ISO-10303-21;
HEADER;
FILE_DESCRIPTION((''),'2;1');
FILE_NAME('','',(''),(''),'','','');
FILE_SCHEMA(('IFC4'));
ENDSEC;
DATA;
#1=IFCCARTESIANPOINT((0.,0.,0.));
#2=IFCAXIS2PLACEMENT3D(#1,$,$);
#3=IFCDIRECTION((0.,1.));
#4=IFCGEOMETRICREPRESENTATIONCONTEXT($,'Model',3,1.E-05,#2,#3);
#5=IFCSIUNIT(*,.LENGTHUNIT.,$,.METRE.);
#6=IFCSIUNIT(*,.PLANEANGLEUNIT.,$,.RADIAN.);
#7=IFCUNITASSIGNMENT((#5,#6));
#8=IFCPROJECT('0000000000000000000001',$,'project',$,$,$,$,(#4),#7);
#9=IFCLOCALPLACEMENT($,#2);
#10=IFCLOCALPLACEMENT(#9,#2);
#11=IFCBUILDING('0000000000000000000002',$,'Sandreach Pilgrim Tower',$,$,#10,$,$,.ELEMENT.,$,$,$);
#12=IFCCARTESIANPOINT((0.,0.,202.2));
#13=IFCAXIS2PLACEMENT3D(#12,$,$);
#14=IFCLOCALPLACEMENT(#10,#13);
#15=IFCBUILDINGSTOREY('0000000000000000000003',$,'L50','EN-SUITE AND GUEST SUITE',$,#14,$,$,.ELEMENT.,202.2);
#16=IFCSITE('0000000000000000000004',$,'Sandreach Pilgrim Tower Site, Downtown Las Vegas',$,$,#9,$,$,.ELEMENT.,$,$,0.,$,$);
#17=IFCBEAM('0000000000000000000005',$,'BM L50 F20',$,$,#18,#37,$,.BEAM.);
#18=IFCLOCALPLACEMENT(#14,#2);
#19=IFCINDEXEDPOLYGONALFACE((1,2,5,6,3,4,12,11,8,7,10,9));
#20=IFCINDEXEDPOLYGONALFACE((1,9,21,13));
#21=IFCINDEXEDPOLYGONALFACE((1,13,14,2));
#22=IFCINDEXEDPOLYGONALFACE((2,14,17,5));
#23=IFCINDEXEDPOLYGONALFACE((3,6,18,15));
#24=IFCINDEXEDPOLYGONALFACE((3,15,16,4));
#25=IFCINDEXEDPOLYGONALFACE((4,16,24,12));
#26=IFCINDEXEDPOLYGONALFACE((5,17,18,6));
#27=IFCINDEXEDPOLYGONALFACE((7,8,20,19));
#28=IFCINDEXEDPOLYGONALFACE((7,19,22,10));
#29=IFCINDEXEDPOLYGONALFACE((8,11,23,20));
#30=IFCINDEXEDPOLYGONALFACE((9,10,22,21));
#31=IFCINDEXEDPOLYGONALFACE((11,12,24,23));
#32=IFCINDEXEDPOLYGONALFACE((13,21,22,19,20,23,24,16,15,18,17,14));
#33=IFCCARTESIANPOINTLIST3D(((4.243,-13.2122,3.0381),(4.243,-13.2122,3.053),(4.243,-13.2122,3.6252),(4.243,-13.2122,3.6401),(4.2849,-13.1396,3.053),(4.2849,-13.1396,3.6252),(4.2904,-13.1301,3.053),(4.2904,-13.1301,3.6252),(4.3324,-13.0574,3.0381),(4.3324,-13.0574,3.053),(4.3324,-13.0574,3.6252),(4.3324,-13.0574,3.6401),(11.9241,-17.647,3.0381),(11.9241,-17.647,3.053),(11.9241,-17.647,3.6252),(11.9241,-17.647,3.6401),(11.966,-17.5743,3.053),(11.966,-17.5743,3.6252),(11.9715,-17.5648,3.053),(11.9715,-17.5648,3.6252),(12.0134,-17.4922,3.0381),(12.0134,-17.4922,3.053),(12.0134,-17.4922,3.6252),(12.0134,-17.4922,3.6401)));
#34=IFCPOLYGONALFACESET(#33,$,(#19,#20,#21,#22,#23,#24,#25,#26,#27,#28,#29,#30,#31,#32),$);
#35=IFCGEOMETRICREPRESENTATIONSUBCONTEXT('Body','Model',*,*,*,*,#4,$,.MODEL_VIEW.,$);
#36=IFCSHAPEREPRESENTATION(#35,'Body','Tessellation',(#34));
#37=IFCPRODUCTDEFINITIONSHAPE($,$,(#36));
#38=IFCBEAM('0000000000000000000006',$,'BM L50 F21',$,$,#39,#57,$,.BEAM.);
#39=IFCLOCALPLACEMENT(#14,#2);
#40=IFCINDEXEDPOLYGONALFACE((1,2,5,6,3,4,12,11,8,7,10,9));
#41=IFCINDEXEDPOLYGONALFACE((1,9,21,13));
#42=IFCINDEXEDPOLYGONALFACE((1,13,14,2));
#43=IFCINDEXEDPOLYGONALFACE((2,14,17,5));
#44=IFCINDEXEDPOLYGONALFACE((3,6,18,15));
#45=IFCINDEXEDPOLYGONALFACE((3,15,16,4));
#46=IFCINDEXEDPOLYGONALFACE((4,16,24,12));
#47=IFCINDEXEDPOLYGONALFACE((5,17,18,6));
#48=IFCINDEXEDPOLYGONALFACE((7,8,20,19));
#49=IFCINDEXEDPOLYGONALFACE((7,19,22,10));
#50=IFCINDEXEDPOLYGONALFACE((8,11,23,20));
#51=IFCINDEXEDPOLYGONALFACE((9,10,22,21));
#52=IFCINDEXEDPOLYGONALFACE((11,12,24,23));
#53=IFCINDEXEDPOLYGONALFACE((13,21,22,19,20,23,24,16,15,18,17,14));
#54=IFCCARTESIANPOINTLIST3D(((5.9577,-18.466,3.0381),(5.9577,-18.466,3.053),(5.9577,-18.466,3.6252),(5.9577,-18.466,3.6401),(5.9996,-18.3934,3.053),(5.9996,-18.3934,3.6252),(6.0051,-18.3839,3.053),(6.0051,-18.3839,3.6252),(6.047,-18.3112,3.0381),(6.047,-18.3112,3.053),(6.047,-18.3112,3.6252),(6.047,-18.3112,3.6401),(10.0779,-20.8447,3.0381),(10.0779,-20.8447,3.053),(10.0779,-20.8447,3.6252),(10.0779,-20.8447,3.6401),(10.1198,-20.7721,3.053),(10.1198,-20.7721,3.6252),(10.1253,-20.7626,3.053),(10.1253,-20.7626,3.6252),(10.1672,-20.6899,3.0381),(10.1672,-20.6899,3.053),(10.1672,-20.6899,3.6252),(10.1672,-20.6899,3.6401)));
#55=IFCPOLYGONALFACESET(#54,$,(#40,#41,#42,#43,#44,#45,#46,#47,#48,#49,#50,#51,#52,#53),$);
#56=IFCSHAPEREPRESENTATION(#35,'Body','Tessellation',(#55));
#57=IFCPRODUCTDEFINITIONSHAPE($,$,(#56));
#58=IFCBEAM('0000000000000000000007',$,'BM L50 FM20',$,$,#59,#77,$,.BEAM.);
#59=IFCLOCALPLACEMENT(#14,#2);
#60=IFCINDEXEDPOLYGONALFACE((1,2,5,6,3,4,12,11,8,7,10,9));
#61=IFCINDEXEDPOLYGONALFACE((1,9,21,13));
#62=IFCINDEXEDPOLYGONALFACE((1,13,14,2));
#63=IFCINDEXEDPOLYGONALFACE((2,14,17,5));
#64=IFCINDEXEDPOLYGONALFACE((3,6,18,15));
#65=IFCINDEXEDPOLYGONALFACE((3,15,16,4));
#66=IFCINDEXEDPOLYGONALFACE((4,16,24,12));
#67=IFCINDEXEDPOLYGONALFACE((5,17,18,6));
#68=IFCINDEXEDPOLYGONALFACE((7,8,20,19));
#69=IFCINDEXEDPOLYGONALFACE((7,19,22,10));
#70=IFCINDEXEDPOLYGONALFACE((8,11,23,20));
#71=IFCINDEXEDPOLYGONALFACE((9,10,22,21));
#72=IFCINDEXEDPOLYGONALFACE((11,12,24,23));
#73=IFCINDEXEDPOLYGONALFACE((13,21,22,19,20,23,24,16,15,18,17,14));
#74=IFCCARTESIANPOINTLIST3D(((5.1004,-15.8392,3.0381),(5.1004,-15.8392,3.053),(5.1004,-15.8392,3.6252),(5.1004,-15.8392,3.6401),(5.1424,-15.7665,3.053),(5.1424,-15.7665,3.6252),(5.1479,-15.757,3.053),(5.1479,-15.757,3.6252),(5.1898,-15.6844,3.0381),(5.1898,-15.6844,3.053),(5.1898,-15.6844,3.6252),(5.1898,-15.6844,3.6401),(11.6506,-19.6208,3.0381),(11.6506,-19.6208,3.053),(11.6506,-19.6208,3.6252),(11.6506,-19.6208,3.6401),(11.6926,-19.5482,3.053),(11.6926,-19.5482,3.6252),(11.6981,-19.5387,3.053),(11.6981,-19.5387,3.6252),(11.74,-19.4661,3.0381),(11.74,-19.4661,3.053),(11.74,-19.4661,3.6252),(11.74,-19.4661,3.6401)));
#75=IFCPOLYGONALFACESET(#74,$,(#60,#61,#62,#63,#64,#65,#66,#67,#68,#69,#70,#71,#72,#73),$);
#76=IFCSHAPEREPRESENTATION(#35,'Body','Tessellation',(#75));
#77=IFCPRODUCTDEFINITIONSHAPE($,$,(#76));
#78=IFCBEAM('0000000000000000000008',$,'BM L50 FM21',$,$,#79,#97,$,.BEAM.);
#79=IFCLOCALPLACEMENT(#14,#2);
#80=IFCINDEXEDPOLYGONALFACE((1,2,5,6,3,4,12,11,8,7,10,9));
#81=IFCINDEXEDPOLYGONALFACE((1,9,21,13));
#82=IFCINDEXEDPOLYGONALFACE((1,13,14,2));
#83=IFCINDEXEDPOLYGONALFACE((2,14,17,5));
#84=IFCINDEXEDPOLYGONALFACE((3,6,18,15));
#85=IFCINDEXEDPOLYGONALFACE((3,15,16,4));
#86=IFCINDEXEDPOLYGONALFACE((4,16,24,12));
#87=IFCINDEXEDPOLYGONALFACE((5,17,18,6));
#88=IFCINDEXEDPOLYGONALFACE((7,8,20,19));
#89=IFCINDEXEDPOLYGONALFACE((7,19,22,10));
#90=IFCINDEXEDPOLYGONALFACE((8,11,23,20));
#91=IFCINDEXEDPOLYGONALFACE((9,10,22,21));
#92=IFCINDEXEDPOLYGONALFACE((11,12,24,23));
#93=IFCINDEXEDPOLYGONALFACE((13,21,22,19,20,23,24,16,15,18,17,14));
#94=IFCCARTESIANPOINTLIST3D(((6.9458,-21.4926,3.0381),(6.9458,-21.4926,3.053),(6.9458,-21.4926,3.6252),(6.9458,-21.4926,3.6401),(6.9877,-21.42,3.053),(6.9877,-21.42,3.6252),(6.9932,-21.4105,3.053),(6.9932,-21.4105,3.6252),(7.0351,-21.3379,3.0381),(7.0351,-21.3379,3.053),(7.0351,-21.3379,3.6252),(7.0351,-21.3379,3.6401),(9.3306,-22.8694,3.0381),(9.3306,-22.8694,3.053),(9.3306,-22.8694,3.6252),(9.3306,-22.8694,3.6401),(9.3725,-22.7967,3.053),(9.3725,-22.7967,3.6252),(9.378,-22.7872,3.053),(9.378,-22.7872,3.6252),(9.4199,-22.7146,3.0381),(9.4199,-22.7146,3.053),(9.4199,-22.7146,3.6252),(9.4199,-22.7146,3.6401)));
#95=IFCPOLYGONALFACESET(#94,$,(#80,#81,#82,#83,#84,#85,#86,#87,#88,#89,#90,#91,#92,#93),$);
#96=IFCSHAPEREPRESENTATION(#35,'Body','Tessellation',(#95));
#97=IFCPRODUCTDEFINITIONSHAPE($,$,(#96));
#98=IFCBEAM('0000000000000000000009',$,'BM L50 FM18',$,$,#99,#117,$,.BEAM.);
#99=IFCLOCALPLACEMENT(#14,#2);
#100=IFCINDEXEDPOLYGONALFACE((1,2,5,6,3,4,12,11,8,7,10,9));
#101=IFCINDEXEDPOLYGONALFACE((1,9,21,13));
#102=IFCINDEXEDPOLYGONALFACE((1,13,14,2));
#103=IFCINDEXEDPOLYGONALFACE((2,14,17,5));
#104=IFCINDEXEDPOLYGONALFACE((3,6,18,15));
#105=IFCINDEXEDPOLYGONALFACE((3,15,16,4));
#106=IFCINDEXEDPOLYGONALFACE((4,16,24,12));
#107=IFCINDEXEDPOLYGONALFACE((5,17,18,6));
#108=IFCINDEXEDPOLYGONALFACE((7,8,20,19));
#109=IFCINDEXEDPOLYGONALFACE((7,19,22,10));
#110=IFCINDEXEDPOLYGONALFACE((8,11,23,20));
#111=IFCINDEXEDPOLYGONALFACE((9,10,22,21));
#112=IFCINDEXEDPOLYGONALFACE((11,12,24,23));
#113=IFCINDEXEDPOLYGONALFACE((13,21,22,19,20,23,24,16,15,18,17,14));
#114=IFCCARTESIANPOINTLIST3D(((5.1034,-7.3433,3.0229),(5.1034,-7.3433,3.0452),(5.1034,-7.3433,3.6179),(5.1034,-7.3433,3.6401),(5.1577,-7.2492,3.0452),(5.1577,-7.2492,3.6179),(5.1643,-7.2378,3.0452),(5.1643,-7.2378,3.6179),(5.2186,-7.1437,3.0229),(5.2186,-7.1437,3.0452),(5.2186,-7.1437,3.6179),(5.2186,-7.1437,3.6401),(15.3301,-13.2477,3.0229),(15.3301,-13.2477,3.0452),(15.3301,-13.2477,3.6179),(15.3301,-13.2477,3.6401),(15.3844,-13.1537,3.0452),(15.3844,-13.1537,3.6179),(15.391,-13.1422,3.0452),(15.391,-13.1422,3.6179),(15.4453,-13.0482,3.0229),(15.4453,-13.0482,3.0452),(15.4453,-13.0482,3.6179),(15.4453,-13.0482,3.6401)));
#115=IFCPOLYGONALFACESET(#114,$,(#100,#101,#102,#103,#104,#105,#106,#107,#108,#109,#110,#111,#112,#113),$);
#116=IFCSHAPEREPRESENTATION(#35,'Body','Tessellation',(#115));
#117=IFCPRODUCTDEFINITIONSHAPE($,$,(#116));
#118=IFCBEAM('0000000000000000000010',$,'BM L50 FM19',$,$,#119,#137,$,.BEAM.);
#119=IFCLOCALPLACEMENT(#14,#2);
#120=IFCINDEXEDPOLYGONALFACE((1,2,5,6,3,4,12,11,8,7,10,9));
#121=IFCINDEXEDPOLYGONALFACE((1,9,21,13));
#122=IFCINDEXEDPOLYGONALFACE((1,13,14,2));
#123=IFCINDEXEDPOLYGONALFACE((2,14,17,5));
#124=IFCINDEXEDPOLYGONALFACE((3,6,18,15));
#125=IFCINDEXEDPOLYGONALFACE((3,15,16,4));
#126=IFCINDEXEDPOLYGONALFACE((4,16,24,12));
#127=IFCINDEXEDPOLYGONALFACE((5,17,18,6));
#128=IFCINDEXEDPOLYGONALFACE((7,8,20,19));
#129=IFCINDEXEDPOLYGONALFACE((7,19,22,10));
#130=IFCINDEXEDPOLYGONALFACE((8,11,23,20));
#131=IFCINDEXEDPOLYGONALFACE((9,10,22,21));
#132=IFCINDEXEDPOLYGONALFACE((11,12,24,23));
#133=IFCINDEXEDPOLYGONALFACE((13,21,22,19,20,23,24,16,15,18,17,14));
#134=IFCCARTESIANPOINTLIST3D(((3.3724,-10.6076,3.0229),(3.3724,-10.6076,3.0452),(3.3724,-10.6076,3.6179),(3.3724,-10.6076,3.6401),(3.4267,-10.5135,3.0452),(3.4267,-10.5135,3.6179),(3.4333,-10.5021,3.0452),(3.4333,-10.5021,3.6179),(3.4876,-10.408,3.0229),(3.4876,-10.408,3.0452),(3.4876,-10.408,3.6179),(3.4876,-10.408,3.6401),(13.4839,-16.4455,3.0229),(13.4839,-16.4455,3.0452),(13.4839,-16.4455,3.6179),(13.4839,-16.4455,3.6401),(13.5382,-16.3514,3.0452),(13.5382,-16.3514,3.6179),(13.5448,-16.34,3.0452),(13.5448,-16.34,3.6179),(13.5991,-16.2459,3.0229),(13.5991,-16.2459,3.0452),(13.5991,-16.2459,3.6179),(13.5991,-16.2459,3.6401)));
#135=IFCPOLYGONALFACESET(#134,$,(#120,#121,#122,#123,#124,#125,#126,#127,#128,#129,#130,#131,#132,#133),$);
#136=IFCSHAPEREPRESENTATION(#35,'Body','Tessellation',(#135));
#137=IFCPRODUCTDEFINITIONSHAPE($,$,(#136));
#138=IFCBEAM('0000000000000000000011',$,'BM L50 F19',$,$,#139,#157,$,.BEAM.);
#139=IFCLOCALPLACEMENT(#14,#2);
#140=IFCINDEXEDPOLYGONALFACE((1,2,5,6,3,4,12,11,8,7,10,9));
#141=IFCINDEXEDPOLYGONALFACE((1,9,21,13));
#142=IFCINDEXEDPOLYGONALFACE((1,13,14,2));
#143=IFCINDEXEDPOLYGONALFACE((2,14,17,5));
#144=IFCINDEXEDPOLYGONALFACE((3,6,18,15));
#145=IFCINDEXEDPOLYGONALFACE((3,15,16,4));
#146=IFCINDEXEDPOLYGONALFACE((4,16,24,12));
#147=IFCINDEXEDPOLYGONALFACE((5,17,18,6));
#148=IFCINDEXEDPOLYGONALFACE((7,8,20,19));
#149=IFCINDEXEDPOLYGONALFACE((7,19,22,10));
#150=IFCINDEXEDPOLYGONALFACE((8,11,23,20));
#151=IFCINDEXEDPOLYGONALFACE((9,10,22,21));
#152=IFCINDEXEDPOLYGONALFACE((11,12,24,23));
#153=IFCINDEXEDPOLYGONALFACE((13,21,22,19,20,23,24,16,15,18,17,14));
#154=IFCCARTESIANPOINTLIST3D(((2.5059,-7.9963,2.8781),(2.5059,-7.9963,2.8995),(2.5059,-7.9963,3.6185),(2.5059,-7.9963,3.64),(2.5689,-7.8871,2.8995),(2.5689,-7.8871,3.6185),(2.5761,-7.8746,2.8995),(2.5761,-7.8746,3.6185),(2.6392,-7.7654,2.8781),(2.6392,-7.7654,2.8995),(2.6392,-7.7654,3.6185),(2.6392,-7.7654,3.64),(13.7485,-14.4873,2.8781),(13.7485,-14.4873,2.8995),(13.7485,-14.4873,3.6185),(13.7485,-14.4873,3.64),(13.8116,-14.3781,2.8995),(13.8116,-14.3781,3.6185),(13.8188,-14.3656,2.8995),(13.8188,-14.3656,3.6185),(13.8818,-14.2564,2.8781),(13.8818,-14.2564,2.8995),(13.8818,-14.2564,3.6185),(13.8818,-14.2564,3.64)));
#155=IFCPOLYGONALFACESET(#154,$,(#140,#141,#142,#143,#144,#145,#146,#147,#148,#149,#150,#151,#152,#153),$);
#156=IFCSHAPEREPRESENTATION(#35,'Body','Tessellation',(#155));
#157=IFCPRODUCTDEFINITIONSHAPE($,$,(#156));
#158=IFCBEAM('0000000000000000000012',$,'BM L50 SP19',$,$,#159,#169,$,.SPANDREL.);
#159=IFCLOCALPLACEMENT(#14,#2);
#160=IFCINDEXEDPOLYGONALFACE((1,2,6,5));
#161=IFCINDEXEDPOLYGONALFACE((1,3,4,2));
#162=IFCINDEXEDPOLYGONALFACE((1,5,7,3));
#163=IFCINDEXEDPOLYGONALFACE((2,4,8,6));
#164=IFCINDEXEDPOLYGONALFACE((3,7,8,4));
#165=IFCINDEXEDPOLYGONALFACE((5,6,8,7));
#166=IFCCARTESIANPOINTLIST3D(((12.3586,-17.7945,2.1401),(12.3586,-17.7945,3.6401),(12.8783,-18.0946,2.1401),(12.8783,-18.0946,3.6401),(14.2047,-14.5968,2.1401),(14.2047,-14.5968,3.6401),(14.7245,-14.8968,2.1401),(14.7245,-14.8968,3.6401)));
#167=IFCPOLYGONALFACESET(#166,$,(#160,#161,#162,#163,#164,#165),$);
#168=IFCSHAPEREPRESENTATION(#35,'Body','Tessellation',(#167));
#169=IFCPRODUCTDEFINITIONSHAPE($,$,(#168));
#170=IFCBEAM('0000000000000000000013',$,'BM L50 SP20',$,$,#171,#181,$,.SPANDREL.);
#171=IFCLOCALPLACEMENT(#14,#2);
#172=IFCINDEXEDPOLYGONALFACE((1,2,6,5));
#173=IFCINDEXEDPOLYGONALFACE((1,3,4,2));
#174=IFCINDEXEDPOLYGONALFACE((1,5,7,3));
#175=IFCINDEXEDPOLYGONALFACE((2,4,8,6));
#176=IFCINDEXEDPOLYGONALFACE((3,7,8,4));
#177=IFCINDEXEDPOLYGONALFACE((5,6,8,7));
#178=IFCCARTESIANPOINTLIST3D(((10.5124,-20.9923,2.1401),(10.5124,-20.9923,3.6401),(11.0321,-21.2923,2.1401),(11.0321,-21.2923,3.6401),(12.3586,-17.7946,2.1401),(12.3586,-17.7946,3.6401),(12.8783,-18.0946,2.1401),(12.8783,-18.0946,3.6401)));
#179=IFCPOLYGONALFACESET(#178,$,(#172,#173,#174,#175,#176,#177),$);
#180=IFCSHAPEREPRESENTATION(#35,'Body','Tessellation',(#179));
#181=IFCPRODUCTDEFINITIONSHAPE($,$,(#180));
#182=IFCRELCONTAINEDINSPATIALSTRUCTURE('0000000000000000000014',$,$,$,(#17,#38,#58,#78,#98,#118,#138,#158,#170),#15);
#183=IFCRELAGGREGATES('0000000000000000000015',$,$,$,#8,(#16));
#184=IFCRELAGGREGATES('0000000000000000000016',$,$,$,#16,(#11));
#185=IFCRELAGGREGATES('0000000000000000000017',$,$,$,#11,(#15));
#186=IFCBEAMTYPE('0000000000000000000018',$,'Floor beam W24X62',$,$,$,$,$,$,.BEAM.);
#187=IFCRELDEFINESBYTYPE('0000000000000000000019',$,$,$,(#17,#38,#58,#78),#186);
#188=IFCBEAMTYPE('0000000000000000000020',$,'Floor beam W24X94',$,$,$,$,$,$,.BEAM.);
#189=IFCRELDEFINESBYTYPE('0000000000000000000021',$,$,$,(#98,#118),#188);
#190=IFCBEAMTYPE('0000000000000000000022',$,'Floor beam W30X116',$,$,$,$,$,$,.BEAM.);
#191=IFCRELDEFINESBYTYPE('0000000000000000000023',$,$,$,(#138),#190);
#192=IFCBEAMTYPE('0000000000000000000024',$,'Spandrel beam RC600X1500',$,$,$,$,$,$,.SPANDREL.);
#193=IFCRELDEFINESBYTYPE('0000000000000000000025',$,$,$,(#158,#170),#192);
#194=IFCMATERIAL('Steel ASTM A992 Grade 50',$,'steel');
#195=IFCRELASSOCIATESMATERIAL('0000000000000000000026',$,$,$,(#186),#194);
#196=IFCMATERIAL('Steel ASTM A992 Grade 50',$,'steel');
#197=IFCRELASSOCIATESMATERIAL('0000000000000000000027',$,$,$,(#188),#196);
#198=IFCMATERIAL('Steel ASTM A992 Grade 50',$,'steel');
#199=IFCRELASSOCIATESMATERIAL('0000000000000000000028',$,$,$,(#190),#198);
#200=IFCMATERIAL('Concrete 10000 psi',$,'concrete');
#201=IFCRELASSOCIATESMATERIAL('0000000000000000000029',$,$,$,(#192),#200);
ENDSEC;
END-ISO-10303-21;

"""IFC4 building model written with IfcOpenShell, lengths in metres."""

from ifc_helpers import new_model, si_unit, direction, frame, origin, origin_2d, place, context, subcontext, project, spatial, rectangle, i_section, extrude, material, material_profile, profile_set, type_object, element, save


model = new_model("IFC4")

# Units and contexts
model_context = context("Model", 3, precision=1e-05, world=origin(), true_north=direction((0.0, 1.0)))
body_context = subcontext(model_context, "Body", "Model", "MODEL_VIEW")
ifc_project = project(units=[si_unit("LENGTHUNIT", "METRE"), si_unit("PLANEANGLEUNIT", "RADIAN")], contexts=[model_context])

# Site, building, storey
site_placement = place(None, origin())
site = spatial("IfcSite", under=ifc_project, at=site_placement, Name="Sandreach Pilgrim Tower Site, Downtown Las Vegas", CompositionType="ELEMENT", RefElevation=0.0)
building_placement = place(site_placement, origin())
building = spatial("IfcBuilding", under=site, at=building_placement, Name="Sandreach Pilgrim Tower", CompositionType="ELEMENT")
storey_placement = place(building_placement, frame((0.0, 0.0, 202.2)))
storey = spatial("IfcBuildingStorey", under=building, at=storey_placement, Name="L50", Description="EN-SUITE AND GUEST SUITE", CompositionType="ELEMENT", Elevation=202.2)

# Beams
ifc_material_1 = material(Name="Steel ASTM A992 Grade 50", Category="steel")
ifc_material_profile_1 = material_profile(ifc_material_1, i_section(OverallWidth=0.1787, OverallDepth=0.6021, WebThickness=0.011, FlangeThickness=0.0149, at=origin_2d()), Name="W24X62")
ifc_profile_set_1 = profile_set([ifc_material_profile_1], Name="Steel ASTM A992 Grade 50")
beam_type_1 = type_object("IfcBeamType", Name="Floor beam W24X62", PredefinedType="BEAM", material=ifc_profile_set_1)
beam_1_placement = place(storey_placement, frame((11.9688, -17.5696, 3.3391), z_axis=(-0.866021, 0.500008, 0.0), x_axis=(-0.500008, -0.866021, 0.0)))
element("IfcBeam", 1, at=beam_1_placement, inside=storey, type_object=beam_type_1, Name="BM L50 F20", PredefinedType="BEAM", context=body_context, shape_type="SweptSolid", body=[
    extrude(i_section(OverallWidth=0.1787, OverallDepth=0.6021, WebThickness=0.011, FlangeThickness=0.0149, at=origin_2d()), origin(), (0.0, 0.0, 1.0), 8.8694),
])
beam_2_placement = place(storey_placement, frame((10.1226, -20.7673, 3.3391), z_axis=(-0.866033, 0.499986, 0.0), x_axis=(-0.499986, -0.866033, 0.0)))
element("IfcBeam", 2, at=beam_2_placement, inside=storey, type_object=beam_type_1, Name="BM L50 F21", PredefinedType="BEAM", context=body_context, shape_type="SweptSolid", body=[
    extrude(i_section(OverallWidth=0.1787, OverallDepth=0.6021, WebThickness=0.011, FlangeThickness=0.0149, at=origin_2d()), origin(), (0.0, 0.0, 1.0), 4.7576),
])
beam_3_placement = place(storey_placement, frame((11.6953, -19.5435, 3.3391), z_axis=(-0.86603, 0.499993, 0.0), x_axis=(-0.499993, -0.86603, 0.0)))
element("IfcBeam", 3, at=beam_3_placement, inside=storey, type_object=beam_type_1, Name="BM L50 FM20", PredefinedType="BEAM", context=body_context, shape_type="SweptSolid", body=[
    extrude(i_section(OverallWidth=0.1787, OverallDepth=0.6021, WebThickness=0.011, FlangeThickness=0.0149, at=origin_2d()), origin(), (0.0, 0.0, 1.0), 7.5635),
])
beam_4_placement = place(storey_placement, frame((9.3752, -22.792, 3.3391), z_axis=(-0.866047, 0.499963, 0.0), x_axis=(-0.499963, -0.866047, 0.0)))
element("IfcBeam", 4, at=beam_4_placement, inside=storey, type_object=beam_type_1, Name="BM L50 FM21", PredefinedType="BEAM", context=body_context, shape_type="SweptSolid", body=[
    extrude(i_section(OverallWidth=0.1787, OverallDepth=0.6021, WebThickness=0.011, FlangeThickness=0.0149, at=origin_2d()), origin(), (0.0, 0.0, 1.0), 2.7537),
])
ifc_material_2 = material(Name="Steel ASTM A992 Grade 50", Category="steel")
ifc_material_profile_2 = material_profile(ifc_material_2, i_section(OverallWidth=0.2305, OverallDepth=0.6172, WebThickness=0.0132, FlangeThickness=0.0222, at=origin_2d()), Name="W24X94")
ifc_profile_set_2 = profile_set([ifc_material_profile_2], Name="Steel ASTM A992 Grade 50")
beam_type_2 = type_object("IfcBeamType", Name="Floor beam W24X94", PredefinedType="BEAM", material=ifc_profile_set_2)
beam_5_placement = place(storey_placement, frame((15.3877, -13.1479, 3.3315), z_axis=(-0.866022, 0.500006, 0.0), x_axis=(-0.500006, -0.866022, 0.0)))
element("IfcBeam", 5, at=beam_5_placement, inside=storey, type_object=beam_type_2, Name="BM L50 FM18", PredefinedType="BEAM", context=body_context, shape_type="SweptSolid", body=[
    extrude(i_section(OverallWidth=0.2305, OverallDepth=0.6172, WebThickness=0.0132, FlangeThickness=0.0222, at=origin_2d()), origin(), (0.0, 0.0, 1.0), 11.8088),
])
beam_6_placement = place(storey_placement, frame((13.5415, -16.3457, 3.3315), z_axis=(-0.866026, 0.499998, 0.0), x_axis=(-0.499998, -0.866026, 0.0)))
element("IfcBeam", 6, at=beam_6_placement, inside=storey, type_object=beam_type_2, Name="BM L50 FM19", PredefinedType="BEAM", context=body_context, shape_type="SweptSolid", body=[
    extrude(i_section(OverallWidth=0.2305, OverallDepth=0.6172, WebThickness=0.0132, FlangeThickness=0.0222, at=origin_2d()), origin(), (0.0, 0.0, 1.0), 11.6758),
])
ifc_material_3 = material(Name="Steel ASTM A992 Grade 50", Category="steel")
ifc_material_profile_3 = material_profile(ifc_material_3, i_section(OverallWidth=0.2666, OverallDepth=0.762, WebThickness=0.0144, FlangeThickness=0.0215, at=origin_2d()), Name="W30X116")
ifc_profile_set_3 = profile_set([ifc_material_profile_3], Name="Steel ASTM A992 Grade 50")
beam_type_3 = type_object("IfcBeamType", Name="Floor beam W30X116", PredefinedType="BEAM", material=ifc_profile_set_3)
beam_7_placement = place(storey_placement, frame((13.8152, -14.3718, 3.259), z_axis=(-0.866025, 0.5, 0.0), x_axis=(-0.5, -0.866025, 0.0)))
element("IfcBeam", 7, at=beam_7_placement, inside=storey, type_object=beam_type_3, Name="BM L50 F19", PredefinedType="BEAM", context=body_context, shape_type="SweptSolid", body=[
    extrude(i_section(OverallWidth=0.2666, OverallDepth=0.762, WebThickness=0.0144, FlangeThickness=0.0215, at=origin_2d()), origin(), (0.0, 0.0, 1.0), 12.9819),
])
ifc_material_4 = material(Name="Concrete 10000 psi", Category="concrete")
ifc_material_profile_4 = material_profile(ifc_material_4, rectangle(XDim=0.6001, YDim=1.5, at=origin_2d()), Name="RC600X1500")
ifc_profile_set_4 = profile_set([ifc_material_profile_4], Name="Concrete 10000 psi")
beam_type_4 = type_object("IfcBeamType", Name="Spandrel beam RC600X1500", PredefinedType="SPANDREL", material=ifc_profile_set_4)
for number, where, z_axis, x_axis, name in (
    (8, (14.4646, -14.7468, 2.8901), (-0.499993, -0.866029, 0.0), (0.866029, -0.499993, 0.0), "BM L50 SP19"),
    (9, (12.6184, -17.9446, 2.8901), (-0.499993, -0.866029, 0.0), (0.866029, -0.499993, 0.0), "BM L50 SP20"),
):
    element("IfcBeam", number, at=place(storey_placement, frame(where, z_axis=z_axis, x_axis=x_axis)), inside=storey, type_object=beam_type_4, Name=name, PredefinedType="SPANDREL", context=body_context, shape_type="SweptSolid", body=[
        extrude(rectangle(XDim=0.6001, YDim=1.5, at=origin_2d()), origin(), (0.0, 0.0, 1.0), 3.6924),
    ])

save(model, "model.ifc")
